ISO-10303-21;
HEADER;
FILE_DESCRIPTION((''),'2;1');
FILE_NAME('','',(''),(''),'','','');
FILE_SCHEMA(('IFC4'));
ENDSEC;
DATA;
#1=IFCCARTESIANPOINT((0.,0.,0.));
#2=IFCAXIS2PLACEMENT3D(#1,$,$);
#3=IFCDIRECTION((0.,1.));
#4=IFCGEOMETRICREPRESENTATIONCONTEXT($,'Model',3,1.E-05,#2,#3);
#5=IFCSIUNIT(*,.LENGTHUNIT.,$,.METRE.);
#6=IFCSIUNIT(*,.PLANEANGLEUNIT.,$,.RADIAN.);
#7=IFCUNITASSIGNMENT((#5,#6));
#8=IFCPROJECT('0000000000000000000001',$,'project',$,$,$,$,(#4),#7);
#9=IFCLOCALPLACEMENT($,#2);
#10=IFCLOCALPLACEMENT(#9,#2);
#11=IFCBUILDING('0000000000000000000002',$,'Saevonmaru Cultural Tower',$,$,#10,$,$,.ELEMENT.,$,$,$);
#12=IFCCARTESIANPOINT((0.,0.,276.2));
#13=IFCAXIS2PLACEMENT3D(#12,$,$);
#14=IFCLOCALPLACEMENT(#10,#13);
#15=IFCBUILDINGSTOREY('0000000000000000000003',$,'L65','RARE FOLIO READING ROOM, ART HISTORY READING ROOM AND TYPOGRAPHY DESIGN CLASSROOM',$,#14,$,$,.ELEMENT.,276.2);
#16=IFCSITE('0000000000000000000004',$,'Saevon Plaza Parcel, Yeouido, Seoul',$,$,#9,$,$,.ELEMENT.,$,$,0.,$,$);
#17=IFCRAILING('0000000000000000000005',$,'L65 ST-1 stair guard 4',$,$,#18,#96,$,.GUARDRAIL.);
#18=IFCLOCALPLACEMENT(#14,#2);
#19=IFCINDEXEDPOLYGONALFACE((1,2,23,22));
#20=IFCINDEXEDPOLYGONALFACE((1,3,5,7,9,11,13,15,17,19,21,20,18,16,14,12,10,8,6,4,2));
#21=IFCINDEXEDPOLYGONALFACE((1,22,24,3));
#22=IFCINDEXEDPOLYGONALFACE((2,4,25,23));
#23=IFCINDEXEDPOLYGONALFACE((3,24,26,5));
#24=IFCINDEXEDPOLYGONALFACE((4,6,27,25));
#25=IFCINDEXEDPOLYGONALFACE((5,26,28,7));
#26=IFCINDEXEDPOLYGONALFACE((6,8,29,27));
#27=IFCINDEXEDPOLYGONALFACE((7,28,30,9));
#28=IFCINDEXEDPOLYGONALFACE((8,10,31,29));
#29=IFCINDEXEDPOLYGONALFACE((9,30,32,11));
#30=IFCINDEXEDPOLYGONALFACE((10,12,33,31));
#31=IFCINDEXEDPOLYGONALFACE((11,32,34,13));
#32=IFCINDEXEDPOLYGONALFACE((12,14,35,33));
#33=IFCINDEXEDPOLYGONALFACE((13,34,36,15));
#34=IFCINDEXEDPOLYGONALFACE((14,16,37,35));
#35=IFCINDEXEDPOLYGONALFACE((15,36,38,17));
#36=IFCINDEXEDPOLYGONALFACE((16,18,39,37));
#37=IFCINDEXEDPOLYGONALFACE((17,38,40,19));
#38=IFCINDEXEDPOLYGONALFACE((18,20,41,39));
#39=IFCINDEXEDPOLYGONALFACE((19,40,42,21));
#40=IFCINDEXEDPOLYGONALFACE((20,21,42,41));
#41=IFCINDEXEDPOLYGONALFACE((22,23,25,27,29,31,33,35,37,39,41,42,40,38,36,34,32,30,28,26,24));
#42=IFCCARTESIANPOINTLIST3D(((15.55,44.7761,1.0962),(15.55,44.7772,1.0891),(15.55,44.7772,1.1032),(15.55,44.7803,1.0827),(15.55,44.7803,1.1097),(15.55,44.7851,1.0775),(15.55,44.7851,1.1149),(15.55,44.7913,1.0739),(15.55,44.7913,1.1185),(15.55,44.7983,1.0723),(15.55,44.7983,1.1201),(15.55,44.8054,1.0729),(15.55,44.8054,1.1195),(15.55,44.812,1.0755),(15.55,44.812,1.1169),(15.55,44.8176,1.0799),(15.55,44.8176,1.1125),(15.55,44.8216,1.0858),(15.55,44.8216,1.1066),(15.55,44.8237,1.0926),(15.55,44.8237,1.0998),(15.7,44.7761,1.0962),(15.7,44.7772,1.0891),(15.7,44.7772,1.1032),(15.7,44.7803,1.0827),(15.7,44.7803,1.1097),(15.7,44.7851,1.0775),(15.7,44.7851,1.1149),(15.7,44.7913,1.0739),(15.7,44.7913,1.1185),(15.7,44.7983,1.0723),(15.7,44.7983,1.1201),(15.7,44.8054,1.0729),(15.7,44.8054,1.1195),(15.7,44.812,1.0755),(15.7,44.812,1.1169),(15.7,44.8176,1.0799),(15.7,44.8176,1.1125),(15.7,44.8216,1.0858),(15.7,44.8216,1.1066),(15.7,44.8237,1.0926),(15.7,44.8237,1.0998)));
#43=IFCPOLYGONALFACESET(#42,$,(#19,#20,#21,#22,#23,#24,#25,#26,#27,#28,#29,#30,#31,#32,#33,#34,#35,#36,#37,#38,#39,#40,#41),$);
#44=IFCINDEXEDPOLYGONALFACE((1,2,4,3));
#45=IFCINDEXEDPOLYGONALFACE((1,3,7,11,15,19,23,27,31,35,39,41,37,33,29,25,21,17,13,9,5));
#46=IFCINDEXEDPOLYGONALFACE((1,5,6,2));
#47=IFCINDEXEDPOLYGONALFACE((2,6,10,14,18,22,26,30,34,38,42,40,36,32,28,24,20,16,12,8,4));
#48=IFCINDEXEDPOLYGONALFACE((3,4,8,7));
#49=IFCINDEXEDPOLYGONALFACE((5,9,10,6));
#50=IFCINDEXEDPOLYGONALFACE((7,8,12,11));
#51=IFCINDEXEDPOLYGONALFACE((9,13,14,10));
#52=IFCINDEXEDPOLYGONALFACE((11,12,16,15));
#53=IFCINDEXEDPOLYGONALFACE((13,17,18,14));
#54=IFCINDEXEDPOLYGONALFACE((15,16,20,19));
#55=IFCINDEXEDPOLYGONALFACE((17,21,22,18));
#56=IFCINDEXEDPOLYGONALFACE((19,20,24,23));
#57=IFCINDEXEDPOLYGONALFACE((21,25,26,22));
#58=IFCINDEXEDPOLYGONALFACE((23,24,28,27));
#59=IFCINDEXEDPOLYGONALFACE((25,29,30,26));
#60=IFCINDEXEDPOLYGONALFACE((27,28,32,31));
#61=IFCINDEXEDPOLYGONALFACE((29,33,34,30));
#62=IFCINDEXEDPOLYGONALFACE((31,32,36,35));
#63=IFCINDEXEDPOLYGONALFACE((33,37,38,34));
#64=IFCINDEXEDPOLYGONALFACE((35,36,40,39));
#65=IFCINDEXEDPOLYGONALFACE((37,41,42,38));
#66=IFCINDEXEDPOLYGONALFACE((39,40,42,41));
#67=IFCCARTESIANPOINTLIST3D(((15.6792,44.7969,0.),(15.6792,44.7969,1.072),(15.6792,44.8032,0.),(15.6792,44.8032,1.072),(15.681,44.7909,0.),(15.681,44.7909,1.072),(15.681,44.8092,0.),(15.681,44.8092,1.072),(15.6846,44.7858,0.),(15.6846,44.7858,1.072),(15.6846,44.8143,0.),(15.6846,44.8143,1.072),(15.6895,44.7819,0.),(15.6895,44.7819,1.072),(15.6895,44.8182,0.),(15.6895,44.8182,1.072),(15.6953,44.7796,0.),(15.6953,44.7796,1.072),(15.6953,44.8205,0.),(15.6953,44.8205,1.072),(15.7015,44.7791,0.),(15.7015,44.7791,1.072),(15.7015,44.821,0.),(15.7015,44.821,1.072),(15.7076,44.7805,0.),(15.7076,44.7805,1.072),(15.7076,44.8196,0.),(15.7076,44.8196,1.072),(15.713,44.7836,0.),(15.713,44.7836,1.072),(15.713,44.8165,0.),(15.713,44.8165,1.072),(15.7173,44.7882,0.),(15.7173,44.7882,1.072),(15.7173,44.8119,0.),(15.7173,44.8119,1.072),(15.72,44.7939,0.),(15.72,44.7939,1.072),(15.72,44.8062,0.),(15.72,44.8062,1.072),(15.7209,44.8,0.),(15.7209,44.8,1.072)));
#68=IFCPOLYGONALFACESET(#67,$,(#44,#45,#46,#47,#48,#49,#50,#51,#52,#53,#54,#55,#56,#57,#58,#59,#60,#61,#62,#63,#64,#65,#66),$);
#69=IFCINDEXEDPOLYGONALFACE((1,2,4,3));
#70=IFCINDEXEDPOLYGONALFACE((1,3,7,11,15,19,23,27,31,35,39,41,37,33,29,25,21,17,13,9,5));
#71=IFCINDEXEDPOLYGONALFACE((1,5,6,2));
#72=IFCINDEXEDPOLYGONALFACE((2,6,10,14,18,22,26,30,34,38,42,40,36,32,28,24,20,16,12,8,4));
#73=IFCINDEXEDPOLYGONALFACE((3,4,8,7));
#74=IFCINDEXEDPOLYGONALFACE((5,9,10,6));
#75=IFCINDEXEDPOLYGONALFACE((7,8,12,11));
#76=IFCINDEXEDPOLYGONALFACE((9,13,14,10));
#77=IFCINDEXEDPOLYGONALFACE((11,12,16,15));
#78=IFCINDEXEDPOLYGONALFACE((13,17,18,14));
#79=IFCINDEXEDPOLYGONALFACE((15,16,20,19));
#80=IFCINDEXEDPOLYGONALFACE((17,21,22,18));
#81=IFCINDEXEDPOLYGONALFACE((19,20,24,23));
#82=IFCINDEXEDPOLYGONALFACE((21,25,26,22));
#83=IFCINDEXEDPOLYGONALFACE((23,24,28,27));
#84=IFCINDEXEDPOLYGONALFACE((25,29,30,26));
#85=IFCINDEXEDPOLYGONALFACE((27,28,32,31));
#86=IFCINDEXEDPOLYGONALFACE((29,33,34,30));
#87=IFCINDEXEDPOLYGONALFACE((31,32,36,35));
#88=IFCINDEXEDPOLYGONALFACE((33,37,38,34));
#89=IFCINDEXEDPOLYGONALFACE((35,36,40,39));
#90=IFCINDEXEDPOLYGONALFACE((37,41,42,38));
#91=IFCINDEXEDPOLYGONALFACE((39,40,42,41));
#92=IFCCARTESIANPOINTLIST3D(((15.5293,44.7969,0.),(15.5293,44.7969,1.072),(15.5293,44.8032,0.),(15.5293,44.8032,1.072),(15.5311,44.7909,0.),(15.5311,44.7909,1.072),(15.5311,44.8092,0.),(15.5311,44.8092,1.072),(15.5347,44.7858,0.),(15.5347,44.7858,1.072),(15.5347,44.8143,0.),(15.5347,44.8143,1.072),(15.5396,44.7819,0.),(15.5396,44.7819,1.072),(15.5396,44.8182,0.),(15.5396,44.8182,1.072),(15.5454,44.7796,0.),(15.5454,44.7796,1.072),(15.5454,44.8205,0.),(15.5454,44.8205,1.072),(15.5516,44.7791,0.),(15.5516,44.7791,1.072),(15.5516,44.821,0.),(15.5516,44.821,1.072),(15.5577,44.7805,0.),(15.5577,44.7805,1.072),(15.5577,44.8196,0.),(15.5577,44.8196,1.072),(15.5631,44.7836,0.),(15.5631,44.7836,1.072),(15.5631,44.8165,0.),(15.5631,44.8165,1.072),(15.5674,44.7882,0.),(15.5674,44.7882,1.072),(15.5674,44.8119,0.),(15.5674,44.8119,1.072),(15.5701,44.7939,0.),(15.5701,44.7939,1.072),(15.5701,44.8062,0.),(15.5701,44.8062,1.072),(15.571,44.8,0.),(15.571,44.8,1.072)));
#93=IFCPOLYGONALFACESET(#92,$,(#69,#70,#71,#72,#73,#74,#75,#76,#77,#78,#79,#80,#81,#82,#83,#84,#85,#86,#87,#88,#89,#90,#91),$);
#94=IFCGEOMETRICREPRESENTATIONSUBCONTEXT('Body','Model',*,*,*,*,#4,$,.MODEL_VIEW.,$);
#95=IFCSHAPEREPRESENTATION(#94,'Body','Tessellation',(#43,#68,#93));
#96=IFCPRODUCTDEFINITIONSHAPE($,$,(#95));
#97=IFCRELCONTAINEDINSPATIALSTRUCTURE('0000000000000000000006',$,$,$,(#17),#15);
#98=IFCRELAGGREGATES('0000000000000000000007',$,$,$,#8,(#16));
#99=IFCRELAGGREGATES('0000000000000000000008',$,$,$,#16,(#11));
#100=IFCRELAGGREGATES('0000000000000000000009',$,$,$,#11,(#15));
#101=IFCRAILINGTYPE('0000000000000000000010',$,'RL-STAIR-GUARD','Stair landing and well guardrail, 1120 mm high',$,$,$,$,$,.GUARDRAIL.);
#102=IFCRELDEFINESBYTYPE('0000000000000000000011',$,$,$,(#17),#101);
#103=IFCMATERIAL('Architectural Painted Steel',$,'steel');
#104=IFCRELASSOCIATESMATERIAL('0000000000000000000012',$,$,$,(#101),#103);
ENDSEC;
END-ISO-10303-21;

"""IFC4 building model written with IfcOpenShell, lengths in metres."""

from ifc_helpers import new_model, si_unit, direction, frame, origin, origin_2d, place, context, subcontext, project, spatial, circle, extrude, material, type_object, element, save


model = new_model("IFC4")

# Units and contexts
model_context = context("Model", 3, precision=1e-05, world=origin(), true_north=direction((0.0, 1.0)))
body_context = subcontext(model_context, "Body", "Model", "MODEL_VIEW")
ifc_project = project(units=[si_unit("LENGTHUNIT", "METRE"), si_unit("PLANEANGLEUNIT", "RADIAN")], contexts=[model_context])

# Site, building, storey
site_placement = place(None, origin())
site = spatial("IfcSite", under=ifc_project, at=site_placement, Name="Saevon Plaza Parcel, Yeouido, Seoul", CompositionType="ELEMENT", RefElevation=0.0)
building_placement = place(site_placement, origin())
building = spatial("IfcBuilding", under=site, at=building_placement, Name="Saevonmaru Cultural Tower", CompositionType="ELEMENT")
storey_placement = place(building_placement, frame((0.0, 0.0, 276.2)))
storey = spatial("IfcBuildingStorey", under=building, at=storey_placement, Name="L65", Description="RARE FOLIO READING ROOM, ART HISTORY READING ROOM AND TYPOGRAPHY DESIGN CLASSROOM", CompositionType="ELEMENT", Elevation=276.2)

# Railing
ifc_material_1 = material(Name="Architectural Painted Steel", Category="steel")
railing_type_1 = type_object("IfcRailingType", Name="RL-STAIR-GUARD", Description="Stair landing and well guardrail, 1120 mm high", PredefinedType="GUARDRAIL", material=ifc_material_1)
railing_1_placement = place(storey_placement, frame((15.7, 44.8, 0.0)))
element("IfcRailing", 1, at=railing_1_placement, inside=storey, type_object=railing_type_1, Name="L65 ST-1 stair guard 4", PredefinedType="GUARDRAIL", context=body_context, shape_type="SweptSolid", body=[
    extrude(circle(Radius=0.0239, at=origin_2d()), frame((0.0, 0.0, 1.0962), z_axis=(-1.0, 0.0, 0.0), x_axis=(0.0, -1.0, 0.0)), (0.0, 0.0, 1.0), 0.1499),
    extrude(circle(Radius=0.021, at=origin_2d()), origin(), (0.0, 0.0, 1.0), 1.072),
    extrude(circle(Radius=0.021, at=origin_2d()), frame((-0.1499, 0.0, 0.0)), (0.0, 0.0, 1.0), 1.072),
])

save(model, "model.ifc")
